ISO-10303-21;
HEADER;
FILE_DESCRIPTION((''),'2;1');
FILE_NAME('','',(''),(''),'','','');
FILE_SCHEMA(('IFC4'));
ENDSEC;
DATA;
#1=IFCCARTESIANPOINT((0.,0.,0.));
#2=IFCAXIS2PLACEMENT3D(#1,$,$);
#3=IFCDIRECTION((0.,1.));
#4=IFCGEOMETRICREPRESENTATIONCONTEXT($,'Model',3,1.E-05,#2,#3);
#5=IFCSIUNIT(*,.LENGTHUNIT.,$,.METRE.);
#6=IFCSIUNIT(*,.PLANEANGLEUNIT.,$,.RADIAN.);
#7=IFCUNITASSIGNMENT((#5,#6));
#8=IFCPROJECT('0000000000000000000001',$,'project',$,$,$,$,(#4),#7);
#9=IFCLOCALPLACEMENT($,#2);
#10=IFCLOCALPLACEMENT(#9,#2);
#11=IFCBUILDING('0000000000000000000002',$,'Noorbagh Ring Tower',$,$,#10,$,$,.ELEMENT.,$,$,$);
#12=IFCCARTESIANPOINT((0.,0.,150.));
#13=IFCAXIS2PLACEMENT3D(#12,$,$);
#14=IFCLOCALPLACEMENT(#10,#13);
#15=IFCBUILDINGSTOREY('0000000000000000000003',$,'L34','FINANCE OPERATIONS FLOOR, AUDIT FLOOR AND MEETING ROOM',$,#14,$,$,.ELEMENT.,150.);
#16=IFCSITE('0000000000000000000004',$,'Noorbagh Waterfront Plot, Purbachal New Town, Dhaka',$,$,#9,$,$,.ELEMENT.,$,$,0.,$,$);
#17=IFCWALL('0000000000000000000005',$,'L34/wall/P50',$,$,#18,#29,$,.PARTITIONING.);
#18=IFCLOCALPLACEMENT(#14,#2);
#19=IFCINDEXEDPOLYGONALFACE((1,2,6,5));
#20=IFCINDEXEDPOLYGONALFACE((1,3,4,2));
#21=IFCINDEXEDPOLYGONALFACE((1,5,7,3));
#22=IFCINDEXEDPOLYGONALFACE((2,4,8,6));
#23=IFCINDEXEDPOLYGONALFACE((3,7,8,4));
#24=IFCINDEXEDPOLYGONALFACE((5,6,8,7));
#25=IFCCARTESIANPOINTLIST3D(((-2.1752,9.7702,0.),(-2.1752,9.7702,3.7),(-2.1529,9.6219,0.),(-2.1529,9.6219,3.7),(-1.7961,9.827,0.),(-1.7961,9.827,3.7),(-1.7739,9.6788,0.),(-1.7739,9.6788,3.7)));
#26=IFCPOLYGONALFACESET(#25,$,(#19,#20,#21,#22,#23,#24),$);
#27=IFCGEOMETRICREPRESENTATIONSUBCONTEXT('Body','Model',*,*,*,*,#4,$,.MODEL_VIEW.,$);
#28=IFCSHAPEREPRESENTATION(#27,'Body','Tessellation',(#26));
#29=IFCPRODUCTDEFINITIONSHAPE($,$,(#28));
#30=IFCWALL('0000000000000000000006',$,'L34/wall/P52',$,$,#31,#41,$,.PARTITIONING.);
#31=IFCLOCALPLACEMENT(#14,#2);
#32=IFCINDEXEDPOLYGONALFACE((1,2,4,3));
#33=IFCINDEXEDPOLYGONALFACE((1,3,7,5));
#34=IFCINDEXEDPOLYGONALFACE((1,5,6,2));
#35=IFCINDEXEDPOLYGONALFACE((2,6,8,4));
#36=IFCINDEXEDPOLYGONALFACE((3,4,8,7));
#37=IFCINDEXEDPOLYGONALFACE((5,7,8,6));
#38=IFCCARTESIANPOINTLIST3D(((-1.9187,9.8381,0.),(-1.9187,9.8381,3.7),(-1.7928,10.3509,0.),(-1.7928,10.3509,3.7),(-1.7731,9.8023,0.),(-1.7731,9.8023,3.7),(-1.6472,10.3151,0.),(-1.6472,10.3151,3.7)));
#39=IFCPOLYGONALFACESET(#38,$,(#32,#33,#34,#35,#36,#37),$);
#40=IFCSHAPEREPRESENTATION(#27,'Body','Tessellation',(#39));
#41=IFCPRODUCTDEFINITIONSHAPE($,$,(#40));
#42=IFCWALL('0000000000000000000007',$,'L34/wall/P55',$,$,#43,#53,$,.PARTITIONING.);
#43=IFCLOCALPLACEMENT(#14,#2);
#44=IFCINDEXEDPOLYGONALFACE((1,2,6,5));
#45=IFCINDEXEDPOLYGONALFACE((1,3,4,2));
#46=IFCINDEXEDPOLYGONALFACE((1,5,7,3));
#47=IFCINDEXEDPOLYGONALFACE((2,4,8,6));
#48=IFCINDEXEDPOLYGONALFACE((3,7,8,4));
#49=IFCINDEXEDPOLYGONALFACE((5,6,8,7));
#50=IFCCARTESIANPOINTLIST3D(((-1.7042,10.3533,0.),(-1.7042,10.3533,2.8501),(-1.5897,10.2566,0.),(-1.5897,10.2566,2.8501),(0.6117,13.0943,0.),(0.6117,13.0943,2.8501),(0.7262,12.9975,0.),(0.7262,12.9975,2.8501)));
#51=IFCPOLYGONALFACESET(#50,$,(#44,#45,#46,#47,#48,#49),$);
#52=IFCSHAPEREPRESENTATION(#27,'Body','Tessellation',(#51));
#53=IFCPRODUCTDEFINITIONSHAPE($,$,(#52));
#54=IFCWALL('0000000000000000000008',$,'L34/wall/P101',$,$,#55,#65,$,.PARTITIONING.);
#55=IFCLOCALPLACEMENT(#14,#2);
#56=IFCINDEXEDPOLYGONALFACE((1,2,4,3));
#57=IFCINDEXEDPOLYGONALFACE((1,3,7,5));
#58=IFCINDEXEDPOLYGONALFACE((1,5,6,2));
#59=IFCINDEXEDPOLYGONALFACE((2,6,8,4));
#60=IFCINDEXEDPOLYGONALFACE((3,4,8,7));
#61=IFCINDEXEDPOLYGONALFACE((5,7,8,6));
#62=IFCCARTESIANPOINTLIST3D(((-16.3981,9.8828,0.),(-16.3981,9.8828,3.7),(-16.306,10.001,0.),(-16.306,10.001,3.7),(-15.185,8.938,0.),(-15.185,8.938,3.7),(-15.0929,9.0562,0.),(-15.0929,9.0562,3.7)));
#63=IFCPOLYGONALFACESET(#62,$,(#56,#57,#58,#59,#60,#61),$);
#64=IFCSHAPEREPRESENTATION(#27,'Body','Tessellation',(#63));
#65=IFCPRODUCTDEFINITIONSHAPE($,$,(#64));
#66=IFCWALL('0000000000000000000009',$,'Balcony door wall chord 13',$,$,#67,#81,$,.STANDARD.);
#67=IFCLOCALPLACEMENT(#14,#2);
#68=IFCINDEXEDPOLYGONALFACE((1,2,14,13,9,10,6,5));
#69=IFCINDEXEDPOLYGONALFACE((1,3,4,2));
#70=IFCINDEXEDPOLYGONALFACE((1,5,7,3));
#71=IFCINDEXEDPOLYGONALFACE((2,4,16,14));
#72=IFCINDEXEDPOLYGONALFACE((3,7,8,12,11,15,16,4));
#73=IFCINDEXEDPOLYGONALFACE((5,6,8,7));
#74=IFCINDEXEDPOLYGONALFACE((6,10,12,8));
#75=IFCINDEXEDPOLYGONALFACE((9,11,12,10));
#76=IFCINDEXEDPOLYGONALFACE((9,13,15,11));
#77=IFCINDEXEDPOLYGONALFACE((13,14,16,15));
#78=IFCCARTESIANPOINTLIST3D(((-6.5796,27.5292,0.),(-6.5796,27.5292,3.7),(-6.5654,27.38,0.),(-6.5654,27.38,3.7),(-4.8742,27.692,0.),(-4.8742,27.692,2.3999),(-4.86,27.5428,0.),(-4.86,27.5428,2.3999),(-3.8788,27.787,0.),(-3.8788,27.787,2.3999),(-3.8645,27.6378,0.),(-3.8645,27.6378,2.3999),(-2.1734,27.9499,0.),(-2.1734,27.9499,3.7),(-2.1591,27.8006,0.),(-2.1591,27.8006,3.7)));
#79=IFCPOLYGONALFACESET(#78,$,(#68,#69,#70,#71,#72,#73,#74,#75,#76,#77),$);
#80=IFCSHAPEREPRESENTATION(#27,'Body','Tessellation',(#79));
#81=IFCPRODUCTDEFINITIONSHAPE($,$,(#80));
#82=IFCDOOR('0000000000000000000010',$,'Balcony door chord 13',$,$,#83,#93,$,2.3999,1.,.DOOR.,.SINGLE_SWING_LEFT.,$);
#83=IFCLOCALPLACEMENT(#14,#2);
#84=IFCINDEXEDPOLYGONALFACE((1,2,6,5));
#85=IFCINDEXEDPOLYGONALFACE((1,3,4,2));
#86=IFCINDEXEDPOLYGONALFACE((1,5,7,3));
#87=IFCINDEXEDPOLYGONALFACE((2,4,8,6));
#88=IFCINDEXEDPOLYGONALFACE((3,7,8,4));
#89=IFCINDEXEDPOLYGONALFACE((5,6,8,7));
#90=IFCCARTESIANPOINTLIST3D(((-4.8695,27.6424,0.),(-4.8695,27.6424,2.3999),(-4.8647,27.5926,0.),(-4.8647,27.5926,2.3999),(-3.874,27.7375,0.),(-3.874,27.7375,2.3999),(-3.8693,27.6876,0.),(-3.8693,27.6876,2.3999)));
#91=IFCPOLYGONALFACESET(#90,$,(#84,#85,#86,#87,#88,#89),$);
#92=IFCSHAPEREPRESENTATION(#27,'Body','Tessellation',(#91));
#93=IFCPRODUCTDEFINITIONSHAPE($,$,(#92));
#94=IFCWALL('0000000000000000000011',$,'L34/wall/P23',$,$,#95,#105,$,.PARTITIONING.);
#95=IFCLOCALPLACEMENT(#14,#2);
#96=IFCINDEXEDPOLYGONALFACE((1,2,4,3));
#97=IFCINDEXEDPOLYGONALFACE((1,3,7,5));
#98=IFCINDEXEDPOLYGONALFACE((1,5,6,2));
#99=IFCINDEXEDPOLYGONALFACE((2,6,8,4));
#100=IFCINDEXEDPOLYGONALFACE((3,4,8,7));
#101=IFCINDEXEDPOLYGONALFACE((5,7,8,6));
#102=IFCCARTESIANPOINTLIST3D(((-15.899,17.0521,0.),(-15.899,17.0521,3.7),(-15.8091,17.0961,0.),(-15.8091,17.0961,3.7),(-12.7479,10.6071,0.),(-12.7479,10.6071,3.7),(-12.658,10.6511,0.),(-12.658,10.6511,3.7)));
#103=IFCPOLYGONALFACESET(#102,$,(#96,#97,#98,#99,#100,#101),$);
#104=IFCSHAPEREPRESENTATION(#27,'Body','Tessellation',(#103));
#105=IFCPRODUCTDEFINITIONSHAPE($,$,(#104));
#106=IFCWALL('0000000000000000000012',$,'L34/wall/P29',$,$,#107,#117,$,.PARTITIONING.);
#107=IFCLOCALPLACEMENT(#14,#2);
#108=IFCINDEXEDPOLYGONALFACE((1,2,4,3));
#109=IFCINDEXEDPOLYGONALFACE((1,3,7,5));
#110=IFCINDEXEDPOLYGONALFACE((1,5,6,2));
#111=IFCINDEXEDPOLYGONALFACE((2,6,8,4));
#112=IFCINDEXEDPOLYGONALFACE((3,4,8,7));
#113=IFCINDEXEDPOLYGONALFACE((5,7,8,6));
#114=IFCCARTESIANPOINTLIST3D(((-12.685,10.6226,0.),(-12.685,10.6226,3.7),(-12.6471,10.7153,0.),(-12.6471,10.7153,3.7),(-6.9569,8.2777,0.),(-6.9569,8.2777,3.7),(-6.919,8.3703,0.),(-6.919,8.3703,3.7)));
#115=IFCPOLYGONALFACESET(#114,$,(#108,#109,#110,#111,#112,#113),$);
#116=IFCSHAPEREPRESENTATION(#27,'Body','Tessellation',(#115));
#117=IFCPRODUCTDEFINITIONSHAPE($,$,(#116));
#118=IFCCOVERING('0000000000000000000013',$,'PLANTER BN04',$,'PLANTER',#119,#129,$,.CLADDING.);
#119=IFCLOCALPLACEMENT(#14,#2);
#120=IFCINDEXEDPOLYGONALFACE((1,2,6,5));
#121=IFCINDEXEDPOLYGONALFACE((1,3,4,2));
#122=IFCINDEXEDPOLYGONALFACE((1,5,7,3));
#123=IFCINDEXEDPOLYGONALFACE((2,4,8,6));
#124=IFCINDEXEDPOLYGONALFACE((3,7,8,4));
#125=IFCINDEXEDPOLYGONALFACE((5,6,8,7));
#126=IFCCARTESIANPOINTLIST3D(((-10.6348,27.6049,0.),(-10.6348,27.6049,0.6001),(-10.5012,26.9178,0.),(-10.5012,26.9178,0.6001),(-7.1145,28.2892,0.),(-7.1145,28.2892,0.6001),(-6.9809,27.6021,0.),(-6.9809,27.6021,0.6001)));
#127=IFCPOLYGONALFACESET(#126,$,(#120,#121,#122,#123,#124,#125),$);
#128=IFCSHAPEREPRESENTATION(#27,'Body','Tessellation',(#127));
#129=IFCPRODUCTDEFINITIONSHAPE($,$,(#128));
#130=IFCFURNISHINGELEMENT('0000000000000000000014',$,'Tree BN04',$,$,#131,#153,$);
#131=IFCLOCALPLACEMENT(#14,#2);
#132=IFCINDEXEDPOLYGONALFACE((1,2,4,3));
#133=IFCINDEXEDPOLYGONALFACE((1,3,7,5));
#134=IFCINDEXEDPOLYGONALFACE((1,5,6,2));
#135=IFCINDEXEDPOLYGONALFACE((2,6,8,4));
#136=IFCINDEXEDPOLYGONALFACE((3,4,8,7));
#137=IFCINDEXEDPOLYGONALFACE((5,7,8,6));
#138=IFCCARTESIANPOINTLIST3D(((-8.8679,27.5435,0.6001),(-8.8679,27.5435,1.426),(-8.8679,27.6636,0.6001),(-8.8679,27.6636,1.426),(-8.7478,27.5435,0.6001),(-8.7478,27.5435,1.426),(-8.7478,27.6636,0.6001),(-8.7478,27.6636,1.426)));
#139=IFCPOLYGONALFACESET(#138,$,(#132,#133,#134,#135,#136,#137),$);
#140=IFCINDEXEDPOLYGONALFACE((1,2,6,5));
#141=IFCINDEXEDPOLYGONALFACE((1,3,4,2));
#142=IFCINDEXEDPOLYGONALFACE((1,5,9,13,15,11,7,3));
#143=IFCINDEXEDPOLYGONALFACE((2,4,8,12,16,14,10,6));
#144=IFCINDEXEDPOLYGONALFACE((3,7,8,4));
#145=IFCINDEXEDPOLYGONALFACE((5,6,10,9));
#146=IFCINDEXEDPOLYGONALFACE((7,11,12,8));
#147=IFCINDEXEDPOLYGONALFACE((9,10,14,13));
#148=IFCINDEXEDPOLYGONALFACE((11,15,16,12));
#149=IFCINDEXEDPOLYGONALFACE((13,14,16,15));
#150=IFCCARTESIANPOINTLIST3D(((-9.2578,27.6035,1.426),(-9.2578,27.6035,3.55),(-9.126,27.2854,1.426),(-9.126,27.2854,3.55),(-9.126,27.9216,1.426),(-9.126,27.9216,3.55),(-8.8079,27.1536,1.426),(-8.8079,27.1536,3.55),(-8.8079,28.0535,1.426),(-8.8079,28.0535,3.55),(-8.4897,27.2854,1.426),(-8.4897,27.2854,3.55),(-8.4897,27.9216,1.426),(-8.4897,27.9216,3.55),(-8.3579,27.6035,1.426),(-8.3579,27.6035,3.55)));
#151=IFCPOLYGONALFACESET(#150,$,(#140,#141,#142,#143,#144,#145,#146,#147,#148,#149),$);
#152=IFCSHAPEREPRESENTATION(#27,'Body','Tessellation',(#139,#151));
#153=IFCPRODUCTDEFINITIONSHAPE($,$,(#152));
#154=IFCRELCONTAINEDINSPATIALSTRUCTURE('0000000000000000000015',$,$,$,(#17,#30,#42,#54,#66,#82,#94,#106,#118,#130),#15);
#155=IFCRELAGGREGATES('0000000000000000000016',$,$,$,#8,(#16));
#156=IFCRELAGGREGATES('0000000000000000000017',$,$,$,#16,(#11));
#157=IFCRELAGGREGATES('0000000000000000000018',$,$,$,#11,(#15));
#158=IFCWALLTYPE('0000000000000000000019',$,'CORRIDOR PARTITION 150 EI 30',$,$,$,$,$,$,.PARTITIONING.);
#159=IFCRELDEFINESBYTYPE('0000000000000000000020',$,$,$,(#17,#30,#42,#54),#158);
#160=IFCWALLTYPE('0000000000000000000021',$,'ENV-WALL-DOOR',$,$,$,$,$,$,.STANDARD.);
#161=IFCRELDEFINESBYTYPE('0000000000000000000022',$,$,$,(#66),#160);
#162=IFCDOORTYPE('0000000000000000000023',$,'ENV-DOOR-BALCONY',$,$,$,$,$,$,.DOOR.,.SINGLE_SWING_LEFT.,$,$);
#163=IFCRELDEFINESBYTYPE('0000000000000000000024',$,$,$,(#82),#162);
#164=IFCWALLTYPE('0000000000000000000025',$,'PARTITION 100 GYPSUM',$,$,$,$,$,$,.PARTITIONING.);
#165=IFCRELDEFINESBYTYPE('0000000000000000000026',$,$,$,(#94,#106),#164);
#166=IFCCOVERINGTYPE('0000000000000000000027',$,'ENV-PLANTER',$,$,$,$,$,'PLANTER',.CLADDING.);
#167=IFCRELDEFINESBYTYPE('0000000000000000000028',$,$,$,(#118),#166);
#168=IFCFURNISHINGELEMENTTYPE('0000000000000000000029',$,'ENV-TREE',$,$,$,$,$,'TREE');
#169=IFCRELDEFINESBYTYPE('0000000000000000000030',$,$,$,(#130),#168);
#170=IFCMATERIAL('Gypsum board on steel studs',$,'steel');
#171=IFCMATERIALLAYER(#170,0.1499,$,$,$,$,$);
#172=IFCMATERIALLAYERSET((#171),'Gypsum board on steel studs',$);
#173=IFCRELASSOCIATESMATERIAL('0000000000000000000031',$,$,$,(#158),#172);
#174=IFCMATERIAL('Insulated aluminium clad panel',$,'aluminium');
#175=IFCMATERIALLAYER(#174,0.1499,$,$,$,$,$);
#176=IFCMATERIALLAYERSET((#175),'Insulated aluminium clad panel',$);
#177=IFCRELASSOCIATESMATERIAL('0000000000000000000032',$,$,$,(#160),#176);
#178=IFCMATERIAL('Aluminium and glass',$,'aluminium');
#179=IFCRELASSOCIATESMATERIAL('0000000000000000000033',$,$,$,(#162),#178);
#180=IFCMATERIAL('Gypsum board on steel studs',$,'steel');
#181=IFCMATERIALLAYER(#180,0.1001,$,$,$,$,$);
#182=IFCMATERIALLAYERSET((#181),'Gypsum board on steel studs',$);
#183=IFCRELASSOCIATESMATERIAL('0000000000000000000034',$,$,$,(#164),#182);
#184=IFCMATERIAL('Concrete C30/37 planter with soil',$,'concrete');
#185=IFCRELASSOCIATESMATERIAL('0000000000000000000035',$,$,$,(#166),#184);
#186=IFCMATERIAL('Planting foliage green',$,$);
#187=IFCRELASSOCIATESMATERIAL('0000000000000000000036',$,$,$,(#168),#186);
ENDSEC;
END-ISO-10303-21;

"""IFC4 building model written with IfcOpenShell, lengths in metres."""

from ifc_helpers import new_model, si_unit, direction, frame, frame_2d, origin, origin_2d, place, context, subcontext, project, spatial, polyline, rectangle, outline, extrude, material, layer, layer_set, type_object, element, fill, save


model = new_model("IFC4")

# Units and contexts
model_context = context("Model", 3, precision=1e-05, world=origin(), true_north=direction((0.0, 1.0)))
body_context = subcontext(model_context, "Body", "Model", "MODEL_VIEW")
ifc_project = project(units=[si_unit("LENGTHUNIT", "METRE"), si_unit("PLANEANGLEUNIT", "RADIAN")], contexts=[model_context])

# Site, building, storey
site_placement = place(None, origin())
site = spatial("IfcSite", under=ifc_project, at=site_placement, Name="Noorbagh Waterfront Plot, Purbachal New Town, Dhaka", CompositionType="ELEMENT", RefElevation=0.0)
building_placement = place(site_placement, origin())
building = spatial("IfcBuilding", under=site, at=building_placement, Name="Noorbagh Ring Tower", CompositionType="ELEMENT")
storey_placement = place(building_placement, frame((0.0, 0.0, 150.0)))
storey = spatial("IfcBuildingStorey", under=building, at=storey_placement, Name="L34", Description="FINANCE OPERATIONS FLOOR, AUDIT FLOOR AND MEETING ROOM", CompositionType="ELEMENT", Elevation=150.0)

# Walls
ifc_material_1 = material(Name="Gypsum board on steel studs", Category="steel")
ifc_layer_1 = layer(ifc_material_1, 0.1499)
ifc_layer_set_1 = layer_set([ifc_layer_1], Name="Gypsum board on steel studs")
wall_type_1 = type_object("IfcWallType", Name="CORRIDOR PARTITION 150 EI 30", PredefinedType="PARTITIONING", material=ifc_layer_set_1)
wall_1_placement = place(storey_placement, frame((-2.1641, 9.696, 0.0), z_axis=(0.0, 0.0, 1.0), x_axis=(0.988932, 0.148372, 0.0)))
element("IfcWall", 1, at=wall_1_placement, inside=storey, type_object=wall_type_1, Name="L34/wall/P50", PredefinedType="PARTITIONING", context=body_context, shape_type="SweptSolid", body=[
    extrude(rectangle(XDim=0.3833, YDim=0.1499, at=frame_2d((0.1917, 0.0))), origin(), (0.0, 0.0, 1.0), 3.7),
])
wall_2_placement = place(storey_placement, frame((-1.8459, 9.8201, 0.0), z_axis=(0.0, 0.0, 1.0), x_axis=(0.238509, 0.97114, 0.0)))
element("IfcWall", 2, at=wall_2_placement, inside=storey, type_object=wall_type_1, Name="L34/wall/P52", PredefinedType="PARTITIONING", context=body_context, shape_type="SweptSolid", body=[
    extrude(rectangle(XDim=0.5281, YDim=0.1499, at=frame_2d((0.2642, 0.0))), origin(), (0.0, 0.0, 1.0), 3.7),
])
wall_3_placement = place(storey_placement, frame((-1.647, 10.3049, 0.0), z_axis=(0.0, 0.0, 1.0), x_axis=(0.645396, 0.763848, 0.0)))
element("IfcWall", 3, at=wall_3_placement, inside=storey, type_object=wall_type_1, Name="L34/wall/P55", PredefinedType="PARTITIONING", context=body_context, shape_type="SweptSolid", body=[
    extrude(rectangle(XDim=3.5884, YDim=0.1499, at=frame_2d((1.7942, 0.0))), origin(), (0.0, 0.0, 1.0), 2.8501),
])
wall_4_placement = place(storey_placement, frame((-16.3521, 9.9419, 0.0), z_axis=(0.0, 0.0, 1.0), x_axis=(0.78895, -0.614457, 0.0)))
element("IfcWall", 4, at=wall_4_placement, inside=storey, type_object=wall_type_1, Name="L34/wall/P101", PredefinedType="PARTITIONING", context=body_context, shape_type="SweptSolid", body=[
    extrude(rectangle(XDim=1.5376, YDim=0.1499, at=frame_2d((0.7688, 0.0))), origin(), (0.0, 0.0, 1.0), 3.7),
])

# Wall, opening, door
ifc_material_2 = material(Name="Insulated aluminium clad panel", Category="aluminium")
ifc_layer_2 = layer(ifc_material_2, 0.1499)
ifc_layer_set_2 = layer_set([ifc_layer_2], Name="Insulated aluminium clad panel")
wall_type_2 = type_object("IfcWallType", Name="ENV-WALL-DOOR", PredefinedType="STANDARD", material=ifc_layer_set_2)
wall_5_placement = place(storey_placement, frame((-2.1663, 27.8752, 0.0), z_axis=(0.0, 0.0, 1.0), x_axis=(-0.995474, -0.095036, 0.0)))
wall_5 = element("IfcWall", 5, at=wall_5_placement, inside=storey, type_object=wall_type_2, Name="Balcony door wall chord 13", PredefinedType="STANDARD", context=body_context, shape_type="SweptSolid", body=[
    extrude(rectangle(XDim=4.4263, YDim=0.1499, at=frame_2d((2.2131, 0.0))), origin(), (0.0, 0.0, 1.0), 3.7),
])
opening_placement = place(wall_5_placement, frame((1.7131, 0.0, 0.0)))
opening = element("IfcOpeningElement", 6, at=opening_placement, cuts=wall_5, PredefinedType="OPENING", context=body_context, shape_type="SweptSolid", body=[
    extrude(rectangle(XDim=1.0, YDim=2.3999, at=frame_2d((0.5, 1.2))), frame((0.0, 0.085, 0.0), z_axis=(0.0, -1.0, 0.0), x_axis=(1.0, 0.0, 0.0)), (0.0, 0.0, 1.0), 0.1699),
])
ifc_material_3 = material(Name="Aluminium and glass", Category="aluminium")
door_type = type_object("IfcDoorType", Name="ENV-DOOR-BALCONY", OperationType="SINGLE_SWING_LEFT", PredefinedType="DOOR", material=ifc_material_3)
door_placement = place(opening_placement, origin())
door = element("IfcDoor", 7, at=door_placement, inside=storey, type_object=door_type, Name="Balcony door chord 13", OperationType="SINGLE_SWING_LEFT", OverallHeight=2.3999, OverallWidth=1.0, PredefinedType="DOOR", context=body_context, shape_type="SweptSolid", body=[
    extrude(rectangle(XDim=1.0, YDim=2.3999, at=frame_2d((0.5, 1.2))), frame((0.0, 0.0249, 0.0), z_axis=(0.0, -1.0, 0.0), x_axis=(1.0, 0.0, 0.0)), (0.0, 0.0, 1.0), 0.05),
])
fill(opening, door)

# Walls
ifc_material_4 = material(Name="Gypsum board on steel studs", Category="steel")
ifc_layer_3 = layer(ifc_material_4, 0.1001)
ifc_layer_set_3 = layer_set([ifc_layer_3], Name="Gypsum board on steel studs")
wall_type_3 = type_object("IfcWallType", Name="PARTITION 100 GYPSUM", PredefinedType="PARTITIONING", material=ifc_layer_set_3)
wall_6_placement = place(storey_placement, frame((-15.854, 17.074, 0.0), z_axis=(0.0, 0.0, 1.0), x_axis=(0.439233, -0.898373, 0.0)))
element("IfcWall", 8, at=wall_6_placement, inside=storey, type_object=wall_type_3, Name="L34/wall/P23", PredefinedType="PARTITIONING", context=body_context, shape_type="SweptSolid", body=[
    extrude(rectangle(XDim=7.1741, YDim=0.1001, at=frame_2d((3.5869, 0.0))), origin(), (0.0, 0.0, 1.0), 3.7),
])
wall_7_placement = place(storey_placement, frame((-12.666, 10.6689, 0.0), z_axis=(0.0, 0.0, 1.0), x_axis=(0.925451, -0.378866, 0.0)))
element("IfcWall", 9, at=wall_7_placement, inside=storey, type_object=wall_type_3, Name="L34/wall/P29", PredefinedType="PARTITIONING", context=body_context, shape_type="SweptSolid", body=[
    extrude(rectangle(XDim=6.1895, YDim=0.1001, at=frame_2d((3.0947, 0.0))), origin(), (0.0, 0.0, 1.0), 3.7),
])

# Covering
ifc_material_5 = material(Name="Concrete C30/37 planter with soil", Category="concrete")
covering_type = type_object("IfcCoveringType", Name="ENV-PLANTER", ElementType="PLANTER", PredefinedType="CLADDING", material=ifc_material_5)
covering_placement = place(storey_placement, frame((-8.8079, 27.6035, 0.0), z_axis=(0.0, 0.0, 1.0), x_axis=(-0.981625, -0.19082, 0.0)))
element("IfcCovering", 10, at=covering_placement, inside=storey, type_object=covering_type, Name="PLANTER BN04", ObjectType="PLANTER", PredefinedType="CLADDING", context=body_context, shape_type="SweptSolid", body=[
    extrude(rectangle(XDim=3.5862, YDim=0.7, at=origin_2d()), origin(), (0.0, 0.0, 1.0), 0.6001),
])

# Furnishing element
ifc_material_6 = material(Name="Planting foliage green")
furnishing_element_type = type_object("IfcFurnishingElementType", Name="ENV-TREE", ElementType="TREE", material=ifc_material_6)
furnishing_placement = place(storey_placement, frame((-8.8079, 27.6035, 0.6001), z_axis=(0.0, 0.0, 1.0), x_axis=(1.0, 0.0, 0.0)))
element("IfcFurnishingElement", 11, at=furnishing_placement, inside=storey, type_object=furnishing_element_type, Name="Tree BN04", context=body_context, shape_type="SweptSolid", body=[
    extrude(rectangle(XDim=0.1201, YDim=0.1201, at=origin_2d()), origin(), (0.0, 0.0, 1.0), 0.8259),
    extrude(outline(polyline([(0.45, 0.0), (0.3181, 0.3181), (0.0, 0.45), (-0.3181, 0.3181), (-0.45, 0.0), (-0.3181, -0.3181), (0.0, -0.45), (0.3181, -0.3181), (0.45, 0.0)])), frame((0.0, 0.0, 0.8259)), (0.0, 0.0, 1.0), 2.124),
])

save(model, "model.ifc")
